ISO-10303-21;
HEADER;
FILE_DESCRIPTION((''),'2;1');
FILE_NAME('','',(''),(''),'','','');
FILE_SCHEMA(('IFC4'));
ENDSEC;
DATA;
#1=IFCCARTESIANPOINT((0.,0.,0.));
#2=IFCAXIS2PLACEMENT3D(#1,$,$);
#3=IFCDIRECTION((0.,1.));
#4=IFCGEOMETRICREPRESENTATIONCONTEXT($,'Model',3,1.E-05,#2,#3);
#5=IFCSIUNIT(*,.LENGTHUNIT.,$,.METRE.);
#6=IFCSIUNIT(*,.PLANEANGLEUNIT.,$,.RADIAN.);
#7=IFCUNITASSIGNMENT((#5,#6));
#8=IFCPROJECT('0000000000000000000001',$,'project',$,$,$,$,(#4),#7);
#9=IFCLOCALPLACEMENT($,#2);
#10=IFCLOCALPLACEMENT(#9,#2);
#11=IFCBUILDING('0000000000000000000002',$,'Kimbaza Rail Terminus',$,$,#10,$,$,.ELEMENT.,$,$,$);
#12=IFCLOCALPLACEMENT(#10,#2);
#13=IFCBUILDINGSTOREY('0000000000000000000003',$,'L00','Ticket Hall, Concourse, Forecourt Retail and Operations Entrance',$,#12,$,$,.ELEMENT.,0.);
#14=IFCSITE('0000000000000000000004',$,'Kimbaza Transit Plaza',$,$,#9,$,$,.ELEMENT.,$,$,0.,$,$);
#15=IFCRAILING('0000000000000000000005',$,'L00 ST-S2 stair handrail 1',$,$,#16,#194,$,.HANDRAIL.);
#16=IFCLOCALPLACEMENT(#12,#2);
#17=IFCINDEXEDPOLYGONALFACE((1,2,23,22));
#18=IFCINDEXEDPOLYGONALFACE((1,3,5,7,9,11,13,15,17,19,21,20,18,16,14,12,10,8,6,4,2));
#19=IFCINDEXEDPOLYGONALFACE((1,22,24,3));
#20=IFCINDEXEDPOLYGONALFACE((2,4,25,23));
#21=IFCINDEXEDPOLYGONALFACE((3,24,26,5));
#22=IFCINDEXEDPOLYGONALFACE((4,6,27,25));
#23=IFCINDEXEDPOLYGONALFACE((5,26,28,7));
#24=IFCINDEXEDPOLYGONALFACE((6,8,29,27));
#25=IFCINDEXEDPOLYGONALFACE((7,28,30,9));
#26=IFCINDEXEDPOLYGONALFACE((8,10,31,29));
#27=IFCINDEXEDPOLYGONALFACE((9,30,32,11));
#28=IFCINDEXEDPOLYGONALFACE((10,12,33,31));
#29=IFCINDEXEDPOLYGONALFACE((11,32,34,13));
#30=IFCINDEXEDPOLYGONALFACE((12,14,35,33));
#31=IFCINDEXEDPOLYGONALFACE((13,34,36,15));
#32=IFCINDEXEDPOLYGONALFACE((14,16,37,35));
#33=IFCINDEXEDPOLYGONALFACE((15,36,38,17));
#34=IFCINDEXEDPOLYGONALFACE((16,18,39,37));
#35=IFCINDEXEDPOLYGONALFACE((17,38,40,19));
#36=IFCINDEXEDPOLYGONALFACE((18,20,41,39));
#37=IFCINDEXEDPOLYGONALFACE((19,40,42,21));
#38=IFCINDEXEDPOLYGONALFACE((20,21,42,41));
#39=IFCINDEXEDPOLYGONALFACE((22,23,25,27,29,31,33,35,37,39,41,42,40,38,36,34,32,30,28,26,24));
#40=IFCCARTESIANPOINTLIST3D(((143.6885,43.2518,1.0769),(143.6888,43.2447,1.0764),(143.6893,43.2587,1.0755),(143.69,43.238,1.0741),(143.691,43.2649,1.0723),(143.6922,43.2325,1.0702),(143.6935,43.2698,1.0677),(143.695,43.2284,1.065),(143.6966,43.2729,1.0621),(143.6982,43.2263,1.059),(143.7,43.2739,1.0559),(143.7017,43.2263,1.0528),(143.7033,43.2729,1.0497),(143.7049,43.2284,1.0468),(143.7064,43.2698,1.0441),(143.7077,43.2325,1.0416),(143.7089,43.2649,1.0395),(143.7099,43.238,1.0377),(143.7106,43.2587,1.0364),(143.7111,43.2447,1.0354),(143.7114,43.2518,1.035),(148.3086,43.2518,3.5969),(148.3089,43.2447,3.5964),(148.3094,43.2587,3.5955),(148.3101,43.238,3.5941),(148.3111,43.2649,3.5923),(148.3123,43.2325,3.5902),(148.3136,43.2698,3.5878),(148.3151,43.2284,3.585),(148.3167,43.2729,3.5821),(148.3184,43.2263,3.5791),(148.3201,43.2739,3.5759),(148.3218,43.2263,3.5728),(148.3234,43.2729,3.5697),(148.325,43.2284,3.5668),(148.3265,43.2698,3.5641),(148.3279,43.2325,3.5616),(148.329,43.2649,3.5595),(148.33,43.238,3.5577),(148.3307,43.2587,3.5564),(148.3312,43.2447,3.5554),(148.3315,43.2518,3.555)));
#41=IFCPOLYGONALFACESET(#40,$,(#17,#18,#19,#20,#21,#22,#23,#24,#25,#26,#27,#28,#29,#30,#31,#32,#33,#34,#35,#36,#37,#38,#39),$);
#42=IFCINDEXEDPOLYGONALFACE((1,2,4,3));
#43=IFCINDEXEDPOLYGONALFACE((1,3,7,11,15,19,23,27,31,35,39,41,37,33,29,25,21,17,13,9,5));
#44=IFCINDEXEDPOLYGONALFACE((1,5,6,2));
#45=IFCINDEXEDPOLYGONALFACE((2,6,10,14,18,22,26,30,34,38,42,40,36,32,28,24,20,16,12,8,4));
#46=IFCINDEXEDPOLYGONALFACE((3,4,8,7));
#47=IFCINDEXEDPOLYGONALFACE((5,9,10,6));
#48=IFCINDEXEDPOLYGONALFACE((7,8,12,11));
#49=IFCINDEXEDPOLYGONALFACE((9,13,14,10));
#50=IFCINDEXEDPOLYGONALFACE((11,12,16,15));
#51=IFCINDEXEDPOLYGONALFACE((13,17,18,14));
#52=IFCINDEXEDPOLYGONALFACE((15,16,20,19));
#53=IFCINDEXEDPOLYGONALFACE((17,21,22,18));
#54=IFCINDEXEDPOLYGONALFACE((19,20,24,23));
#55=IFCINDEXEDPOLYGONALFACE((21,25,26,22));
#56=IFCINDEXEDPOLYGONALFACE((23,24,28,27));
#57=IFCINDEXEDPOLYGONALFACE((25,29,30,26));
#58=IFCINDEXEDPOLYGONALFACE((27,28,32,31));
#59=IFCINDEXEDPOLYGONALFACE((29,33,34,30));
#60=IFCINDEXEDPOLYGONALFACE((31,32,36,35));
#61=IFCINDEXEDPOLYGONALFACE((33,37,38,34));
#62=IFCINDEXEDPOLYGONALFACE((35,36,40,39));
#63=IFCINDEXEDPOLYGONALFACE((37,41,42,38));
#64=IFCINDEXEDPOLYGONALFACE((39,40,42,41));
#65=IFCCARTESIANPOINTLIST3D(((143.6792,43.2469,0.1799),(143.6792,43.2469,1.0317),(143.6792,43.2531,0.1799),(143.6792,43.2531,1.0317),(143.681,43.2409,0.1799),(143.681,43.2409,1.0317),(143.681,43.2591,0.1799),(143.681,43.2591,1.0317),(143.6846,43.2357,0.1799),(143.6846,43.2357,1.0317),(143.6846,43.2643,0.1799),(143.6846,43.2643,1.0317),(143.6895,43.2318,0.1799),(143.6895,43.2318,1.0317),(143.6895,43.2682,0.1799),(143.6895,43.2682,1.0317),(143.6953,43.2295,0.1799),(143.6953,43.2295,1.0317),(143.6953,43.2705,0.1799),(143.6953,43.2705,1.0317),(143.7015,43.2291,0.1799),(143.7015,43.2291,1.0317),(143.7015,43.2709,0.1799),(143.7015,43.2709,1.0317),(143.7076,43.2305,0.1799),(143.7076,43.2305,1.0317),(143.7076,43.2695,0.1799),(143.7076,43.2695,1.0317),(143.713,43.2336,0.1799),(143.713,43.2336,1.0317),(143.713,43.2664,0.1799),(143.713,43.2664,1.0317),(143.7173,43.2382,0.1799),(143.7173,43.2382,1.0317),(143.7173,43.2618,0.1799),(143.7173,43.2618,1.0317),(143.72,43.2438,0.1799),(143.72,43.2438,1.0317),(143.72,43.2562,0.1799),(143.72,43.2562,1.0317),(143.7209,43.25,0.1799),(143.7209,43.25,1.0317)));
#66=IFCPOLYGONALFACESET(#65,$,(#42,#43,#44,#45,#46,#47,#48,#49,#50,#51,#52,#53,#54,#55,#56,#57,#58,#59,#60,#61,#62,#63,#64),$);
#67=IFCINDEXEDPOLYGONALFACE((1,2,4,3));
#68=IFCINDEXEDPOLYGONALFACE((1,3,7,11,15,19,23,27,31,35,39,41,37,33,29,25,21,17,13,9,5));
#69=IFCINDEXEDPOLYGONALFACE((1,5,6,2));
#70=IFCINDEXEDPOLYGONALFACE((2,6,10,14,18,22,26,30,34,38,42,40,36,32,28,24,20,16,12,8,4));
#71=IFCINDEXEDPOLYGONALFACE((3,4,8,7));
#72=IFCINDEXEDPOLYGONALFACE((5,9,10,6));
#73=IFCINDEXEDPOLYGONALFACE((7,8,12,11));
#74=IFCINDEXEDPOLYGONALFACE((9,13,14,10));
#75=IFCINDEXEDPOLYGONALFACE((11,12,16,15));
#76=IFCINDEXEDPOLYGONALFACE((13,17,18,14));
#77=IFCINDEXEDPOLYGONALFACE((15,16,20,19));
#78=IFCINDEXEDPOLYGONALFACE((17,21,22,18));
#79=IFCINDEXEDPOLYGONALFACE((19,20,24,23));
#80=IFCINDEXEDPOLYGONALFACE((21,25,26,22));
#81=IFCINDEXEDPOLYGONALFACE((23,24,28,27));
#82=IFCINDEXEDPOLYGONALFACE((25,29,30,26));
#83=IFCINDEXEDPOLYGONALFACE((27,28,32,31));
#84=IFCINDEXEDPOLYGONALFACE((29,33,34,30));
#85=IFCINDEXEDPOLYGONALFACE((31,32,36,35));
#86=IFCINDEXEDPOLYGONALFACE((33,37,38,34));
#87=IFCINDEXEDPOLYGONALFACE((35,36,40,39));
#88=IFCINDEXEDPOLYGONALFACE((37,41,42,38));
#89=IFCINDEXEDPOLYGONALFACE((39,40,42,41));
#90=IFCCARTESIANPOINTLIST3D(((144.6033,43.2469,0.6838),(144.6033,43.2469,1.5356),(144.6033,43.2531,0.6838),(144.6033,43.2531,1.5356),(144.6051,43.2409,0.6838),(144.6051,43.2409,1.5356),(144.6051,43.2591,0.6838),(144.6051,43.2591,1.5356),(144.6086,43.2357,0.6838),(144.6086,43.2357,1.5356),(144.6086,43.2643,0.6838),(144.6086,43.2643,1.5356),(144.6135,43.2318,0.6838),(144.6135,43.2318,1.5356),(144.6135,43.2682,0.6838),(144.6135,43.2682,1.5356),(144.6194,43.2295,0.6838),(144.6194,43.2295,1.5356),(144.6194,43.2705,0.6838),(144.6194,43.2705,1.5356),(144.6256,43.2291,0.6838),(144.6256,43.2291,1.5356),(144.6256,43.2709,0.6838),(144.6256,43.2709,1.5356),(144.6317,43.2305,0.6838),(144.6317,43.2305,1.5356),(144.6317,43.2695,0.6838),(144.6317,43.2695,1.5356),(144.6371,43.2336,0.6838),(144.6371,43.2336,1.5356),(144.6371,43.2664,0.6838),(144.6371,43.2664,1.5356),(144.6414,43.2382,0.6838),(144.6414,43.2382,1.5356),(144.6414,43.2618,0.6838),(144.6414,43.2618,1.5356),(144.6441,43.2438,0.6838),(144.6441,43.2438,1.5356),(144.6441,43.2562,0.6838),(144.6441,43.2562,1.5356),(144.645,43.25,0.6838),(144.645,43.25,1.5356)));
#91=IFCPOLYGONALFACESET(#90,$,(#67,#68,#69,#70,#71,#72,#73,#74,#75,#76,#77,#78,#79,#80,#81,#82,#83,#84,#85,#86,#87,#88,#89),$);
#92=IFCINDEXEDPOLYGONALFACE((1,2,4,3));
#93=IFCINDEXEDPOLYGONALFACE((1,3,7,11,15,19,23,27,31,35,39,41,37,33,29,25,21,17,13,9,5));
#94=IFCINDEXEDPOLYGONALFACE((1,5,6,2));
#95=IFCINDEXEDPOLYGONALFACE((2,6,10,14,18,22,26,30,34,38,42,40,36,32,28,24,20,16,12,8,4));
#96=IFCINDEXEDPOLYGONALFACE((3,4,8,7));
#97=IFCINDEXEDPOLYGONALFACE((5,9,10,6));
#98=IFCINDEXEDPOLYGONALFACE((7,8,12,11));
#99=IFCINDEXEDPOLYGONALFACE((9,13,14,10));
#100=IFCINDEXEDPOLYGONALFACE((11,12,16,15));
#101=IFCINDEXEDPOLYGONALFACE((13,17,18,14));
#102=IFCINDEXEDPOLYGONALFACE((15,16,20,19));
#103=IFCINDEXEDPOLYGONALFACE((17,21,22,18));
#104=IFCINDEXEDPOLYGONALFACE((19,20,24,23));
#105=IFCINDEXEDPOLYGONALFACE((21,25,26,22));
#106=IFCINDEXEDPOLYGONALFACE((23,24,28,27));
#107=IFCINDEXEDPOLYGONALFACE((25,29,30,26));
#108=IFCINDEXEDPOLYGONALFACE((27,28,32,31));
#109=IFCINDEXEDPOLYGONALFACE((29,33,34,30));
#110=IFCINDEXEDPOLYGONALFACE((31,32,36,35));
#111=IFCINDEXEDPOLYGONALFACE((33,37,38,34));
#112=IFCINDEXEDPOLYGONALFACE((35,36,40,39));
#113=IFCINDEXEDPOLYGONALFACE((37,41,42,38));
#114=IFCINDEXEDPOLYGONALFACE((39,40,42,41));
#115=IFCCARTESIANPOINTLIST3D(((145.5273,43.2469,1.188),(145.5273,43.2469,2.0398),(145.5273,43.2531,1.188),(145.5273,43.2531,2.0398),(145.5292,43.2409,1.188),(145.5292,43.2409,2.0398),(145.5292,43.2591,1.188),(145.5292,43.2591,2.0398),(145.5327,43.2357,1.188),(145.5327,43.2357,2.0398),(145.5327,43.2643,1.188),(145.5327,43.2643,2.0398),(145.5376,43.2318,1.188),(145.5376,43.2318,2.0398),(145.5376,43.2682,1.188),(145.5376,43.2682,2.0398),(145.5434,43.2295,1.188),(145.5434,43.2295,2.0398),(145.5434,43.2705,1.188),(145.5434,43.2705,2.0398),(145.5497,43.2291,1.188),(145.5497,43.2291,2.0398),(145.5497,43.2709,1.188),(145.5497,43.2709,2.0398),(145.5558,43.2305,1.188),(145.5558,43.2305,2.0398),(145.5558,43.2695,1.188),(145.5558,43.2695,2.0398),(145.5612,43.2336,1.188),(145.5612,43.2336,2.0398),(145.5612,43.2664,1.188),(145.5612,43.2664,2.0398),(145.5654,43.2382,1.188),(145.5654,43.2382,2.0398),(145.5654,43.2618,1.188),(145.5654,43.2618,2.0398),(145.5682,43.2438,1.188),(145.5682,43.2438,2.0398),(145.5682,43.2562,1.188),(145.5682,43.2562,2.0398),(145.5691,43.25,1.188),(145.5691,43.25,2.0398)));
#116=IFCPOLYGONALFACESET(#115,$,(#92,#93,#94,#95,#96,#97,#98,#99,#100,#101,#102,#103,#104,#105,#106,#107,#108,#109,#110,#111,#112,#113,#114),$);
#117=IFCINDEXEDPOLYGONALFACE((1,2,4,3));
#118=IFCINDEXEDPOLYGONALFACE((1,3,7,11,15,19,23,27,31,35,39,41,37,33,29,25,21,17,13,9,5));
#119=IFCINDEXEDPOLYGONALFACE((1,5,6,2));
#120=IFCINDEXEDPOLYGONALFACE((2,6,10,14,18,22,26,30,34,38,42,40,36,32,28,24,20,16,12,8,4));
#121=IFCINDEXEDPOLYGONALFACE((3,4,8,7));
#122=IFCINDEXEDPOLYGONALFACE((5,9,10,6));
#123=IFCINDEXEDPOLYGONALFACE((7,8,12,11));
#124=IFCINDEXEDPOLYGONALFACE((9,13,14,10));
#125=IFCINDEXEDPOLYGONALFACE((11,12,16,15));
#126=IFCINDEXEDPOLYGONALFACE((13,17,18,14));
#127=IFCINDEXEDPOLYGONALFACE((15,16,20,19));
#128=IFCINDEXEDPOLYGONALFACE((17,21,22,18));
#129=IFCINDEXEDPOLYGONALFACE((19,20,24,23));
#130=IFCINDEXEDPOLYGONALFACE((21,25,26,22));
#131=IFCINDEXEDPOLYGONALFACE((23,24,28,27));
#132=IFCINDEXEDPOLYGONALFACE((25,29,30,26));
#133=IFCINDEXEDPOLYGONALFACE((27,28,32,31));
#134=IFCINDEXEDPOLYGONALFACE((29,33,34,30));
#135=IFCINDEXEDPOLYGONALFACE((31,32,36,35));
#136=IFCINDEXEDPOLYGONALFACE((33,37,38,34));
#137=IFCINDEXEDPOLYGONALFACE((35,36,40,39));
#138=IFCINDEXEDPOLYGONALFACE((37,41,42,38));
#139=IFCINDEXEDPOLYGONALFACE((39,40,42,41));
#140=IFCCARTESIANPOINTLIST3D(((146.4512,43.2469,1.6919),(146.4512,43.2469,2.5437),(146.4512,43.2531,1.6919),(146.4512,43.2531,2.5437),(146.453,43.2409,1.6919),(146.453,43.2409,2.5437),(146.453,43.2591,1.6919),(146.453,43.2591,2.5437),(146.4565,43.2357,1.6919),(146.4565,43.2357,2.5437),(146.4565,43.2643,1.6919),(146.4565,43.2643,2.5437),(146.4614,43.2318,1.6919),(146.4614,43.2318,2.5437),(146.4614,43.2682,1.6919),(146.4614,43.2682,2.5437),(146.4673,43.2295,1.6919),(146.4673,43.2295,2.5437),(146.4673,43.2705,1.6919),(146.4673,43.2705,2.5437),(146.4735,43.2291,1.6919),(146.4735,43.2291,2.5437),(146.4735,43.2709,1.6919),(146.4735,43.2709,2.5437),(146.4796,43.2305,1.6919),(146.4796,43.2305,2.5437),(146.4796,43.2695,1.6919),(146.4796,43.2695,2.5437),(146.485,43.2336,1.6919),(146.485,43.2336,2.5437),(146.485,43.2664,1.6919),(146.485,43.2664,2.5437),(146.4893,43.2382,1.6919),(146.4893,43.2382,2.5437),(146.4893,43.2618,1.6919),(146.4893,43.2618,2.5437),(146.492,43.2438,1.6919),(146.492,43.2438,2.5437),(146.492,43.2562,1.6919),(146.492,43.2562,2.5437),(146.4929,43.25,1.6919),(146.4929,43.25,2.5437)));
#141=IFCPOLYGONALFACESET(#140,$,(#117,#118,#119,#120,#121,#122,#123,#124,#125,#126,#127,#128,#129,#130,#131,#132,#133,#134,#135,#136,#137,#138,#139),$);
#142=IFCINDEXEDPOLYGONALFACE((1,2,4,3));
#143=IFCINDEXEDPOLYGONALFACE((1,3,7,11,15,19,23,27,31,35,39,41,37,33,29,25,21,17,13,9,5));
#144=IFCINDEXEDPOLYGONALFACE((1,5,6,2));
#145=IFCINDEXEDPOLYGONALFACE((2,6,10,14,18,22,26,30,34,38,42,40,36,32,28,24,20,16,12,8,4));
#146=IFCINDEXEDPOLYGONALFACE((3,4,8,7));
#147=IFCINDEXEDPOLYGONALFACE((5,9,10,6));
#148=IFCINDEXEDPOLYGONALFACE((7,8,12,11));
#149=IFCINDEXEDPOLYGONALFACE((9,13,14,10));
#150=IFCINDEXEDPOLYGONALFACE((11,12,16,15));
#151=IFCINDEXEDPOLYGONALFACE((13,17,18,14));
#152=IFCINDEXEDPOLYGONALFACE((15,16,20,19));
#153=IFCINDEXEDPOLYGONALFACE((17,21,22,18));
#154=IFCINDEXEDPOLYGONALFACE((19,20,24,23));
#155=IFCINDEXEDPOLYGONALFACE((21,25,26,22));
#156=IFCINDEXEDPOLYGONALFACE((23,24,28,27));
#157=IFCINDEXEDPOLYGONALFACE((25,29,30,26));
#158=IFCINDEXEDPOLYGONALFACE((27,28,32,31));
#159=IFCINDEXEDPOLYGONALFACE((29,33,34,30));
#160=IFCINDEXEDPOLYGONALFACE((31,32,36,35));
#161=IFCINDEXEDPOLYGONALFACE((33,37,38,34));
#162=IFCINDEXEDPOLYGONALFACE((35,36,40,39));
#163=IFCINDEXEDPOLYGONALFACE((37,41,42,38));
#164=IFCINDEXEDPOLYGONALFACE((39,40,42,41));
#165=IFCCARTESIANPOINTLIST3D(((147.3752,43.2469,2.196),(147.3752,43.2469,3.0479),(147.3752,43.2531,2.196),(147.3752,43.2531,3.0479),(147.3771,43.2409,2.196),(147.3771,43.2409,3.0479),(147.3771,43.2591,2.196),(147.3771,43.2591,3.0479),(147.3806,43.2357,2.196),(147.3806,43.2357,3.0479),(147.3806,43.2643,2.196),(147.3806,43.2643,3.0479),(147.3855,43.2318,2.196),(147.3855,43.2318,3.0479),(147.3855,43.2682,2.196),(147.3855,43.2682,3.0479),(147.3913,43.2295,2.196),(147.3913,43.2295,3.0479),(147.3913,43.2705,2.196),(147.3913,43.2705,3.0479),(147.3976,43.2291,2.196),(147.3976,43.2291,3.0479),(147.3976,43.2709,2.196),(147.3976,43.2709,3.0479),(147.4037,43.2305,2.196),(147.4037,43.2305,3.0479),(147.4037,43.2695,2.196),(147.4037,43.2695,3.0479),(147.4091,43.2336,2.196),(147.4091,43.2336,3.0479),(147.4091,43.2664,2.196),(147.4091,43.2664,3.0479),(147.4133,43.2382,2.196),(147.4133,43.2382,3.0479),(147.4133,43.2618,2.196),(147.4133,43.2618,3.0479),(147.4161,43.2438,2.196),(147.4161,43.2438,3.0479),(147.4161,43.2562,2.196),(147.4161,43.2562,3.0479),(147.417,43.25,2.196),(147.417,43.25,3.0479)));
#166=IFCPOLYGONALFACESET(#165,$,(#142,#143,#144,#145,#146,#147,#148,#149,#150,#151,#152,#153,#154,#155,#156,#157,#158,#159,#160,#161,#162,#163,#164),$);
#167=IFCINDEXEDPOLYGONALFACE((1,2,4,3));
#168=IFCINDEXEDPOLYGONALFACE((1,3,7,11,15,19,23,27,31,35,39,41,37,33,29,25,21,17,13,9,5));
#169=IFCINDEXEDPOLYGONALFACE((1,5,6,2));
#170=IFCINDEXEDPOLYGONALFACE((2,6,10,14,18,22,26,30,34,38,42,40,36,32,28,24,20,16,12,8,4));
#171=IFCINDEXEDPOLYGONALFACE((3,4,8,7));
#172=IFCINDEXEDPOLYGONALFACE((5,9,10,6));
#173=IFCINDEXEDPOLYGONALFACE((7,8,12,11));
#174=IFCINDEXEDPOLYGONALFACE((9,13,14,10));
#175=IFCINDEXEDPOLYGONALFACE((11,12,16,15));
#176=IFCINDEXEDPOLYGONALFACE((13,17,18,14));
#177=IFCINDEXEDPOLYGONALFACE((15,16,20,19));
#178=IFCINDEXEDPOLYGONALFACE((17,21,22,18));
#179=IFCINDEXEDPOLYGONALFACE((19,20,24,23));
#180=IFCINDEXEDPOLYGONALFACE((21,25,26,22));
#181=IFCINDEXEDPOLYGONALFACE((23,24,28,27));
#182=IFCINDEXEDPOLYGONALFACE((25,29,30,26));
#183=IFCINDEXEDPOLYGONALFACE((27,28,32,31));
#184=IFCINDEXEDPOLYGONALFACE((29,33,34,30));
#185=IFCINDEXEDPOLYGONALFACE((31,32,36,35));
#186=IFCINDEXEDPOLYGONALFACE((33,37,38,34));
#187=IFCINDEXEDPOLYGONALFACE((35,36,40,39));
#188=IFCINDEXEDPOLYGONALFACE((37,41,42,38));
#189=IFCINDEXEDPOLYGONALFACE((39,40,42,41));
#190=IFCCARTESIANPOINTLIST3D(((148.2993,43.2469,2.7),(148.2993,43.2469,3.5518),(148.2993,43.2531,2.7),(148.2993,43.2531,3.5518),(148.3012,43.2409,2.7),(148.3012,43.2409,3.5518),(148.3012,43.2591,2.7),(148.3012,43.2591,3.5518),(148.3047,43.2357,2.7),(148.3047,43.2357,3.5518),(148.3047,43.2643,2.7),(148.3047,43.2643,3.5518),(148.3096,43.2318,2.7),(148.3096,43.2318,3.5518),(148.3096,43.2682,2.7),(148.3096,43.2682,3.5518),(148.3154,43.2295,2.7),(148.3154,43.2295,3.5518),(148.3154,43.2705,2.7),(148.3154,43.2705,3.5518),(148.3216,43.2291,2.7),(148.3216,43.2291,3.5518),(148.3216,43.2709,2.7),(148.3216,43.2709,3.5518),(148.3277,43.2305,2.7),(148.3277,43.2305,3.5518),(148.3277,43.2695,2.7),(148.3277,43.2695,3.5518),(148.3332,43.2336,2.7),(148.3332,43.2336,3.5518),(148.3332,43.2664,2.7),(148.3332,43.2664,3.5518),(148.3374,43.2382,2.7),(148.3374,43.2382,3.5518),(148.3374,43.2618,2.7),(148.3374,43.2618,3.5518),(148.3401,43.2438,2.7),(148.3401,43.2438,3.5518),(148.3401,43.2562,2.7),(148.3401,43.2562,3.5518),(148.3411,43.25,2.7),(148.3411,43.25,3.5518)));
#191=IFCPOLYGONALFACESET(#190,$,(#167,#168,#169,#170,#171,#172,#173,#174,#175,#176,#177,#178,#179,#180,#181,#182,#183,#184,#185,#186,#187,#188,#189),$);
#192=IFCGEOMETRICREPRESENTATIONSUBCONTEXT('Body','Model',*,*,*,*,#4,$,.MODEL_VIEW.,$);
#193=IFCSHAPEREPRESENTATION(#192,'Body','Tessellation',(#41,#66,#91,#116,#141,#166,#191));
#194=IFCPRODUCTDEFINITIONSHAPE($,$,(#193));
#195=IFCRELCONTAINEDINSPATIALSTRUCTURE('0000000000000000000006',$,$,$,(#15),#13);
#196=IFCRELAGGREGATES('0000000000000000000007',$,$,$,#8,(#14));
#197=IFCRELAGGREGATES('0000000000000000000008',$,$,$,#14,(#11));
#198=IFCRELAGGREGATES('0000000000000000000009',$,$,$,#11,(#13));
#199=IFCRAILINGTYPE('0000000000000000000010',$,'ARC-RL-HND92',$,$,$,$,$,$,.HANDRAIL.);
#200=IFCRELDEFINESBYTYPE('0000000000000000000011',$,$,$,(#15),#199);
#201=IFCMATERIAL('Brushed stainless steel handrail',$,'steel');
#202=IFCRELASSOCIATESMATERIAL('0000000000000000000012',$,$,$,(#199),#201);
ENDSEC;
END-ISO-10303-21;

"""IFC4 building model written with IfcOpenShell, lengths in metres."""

from ifc_helpers import new_model, si_unit, direction, frame, origin, origin_2d, place, context, subcontext, project, spatial, circle, extrude, material, type_object, element, save


model = new_model("IFC4")

# Units and contexts
model_context = context("Model", 3, precision=1e-05, world=origin(), true_north=direction((0.0, 1.0)))
body_context = subcontext(model_context, "Body", "Model", "MODEL_VIEW")
ifc_project = project(units=[si_unit("LENGTHUNIT", "METRE"), si_unit("PLANEANGLEUNIT", "RADIAN")], contexts=[model_context])

# Site, building, storey
site_placement = place(None, origin())
site = spatial("IfcSite", under=ifc_project, at=site_placement, Name="Kimbaza Transit Plaza", CompositionType="ELEMENT", RefElevation=0.0)
building_placement = place(site_placement, origin())
building = spatial("IfcBuilding", under=site, at=building_placement, Name="Kimbaza Rail Terminus", CompositionType="ELEMENT")
storey_placement = place(building_placement, origin())
storey = spatial("IfcBuildingStorey", under=building, at=storey_placement, Name="L00", Description="Ticket Hall, Concourse, Forecourt Retail and Operations Entrance", CompositionType="ELEMENT", Elevation=0.0)

# Railing
ifc_material_1 = material(Name="Brushed stainless steel handrail", Category="steel")
railing_type_1 = type_object("IfcRailingType", Name="ARC-RL-HND92", PredefinedType="HANDRAIL", material=ifc_material_1)
railing_1_placement = place(storey_placement, frame((143.7, 43.25, 0.1799)))
element("IfcRailing", 1, at=railing_1_placement, inside=storey, type_object=railing_type_1, Name="L00 ST-S2 stair handrail 1", PredefinedType="HANDRAIL", context=body_context, shape_type="SweptSolid", body=[
    extrude(circle(Radius=0.0239, at=origin_2d()), frame((0.0, 0.0, 0.876), z_axis=(0.877899, 0.0, 0.478846), x_axis=(0.0, 1.0, 0.0)), (0.0, 0.0, 1.0), 5.2627),
    extrude(circle(Radius=0.021, at=origin_2d()), origin(), (0.0, 0.0, 1.0), 0.8518),
    extrude(circle(Radius=0.021, at=origin_2d()), frame((0.9241, 0.0, 0.5039)), (0.0, 0.0, 1.0), 0.8518),
    extrude(circle(Radius=0.021, at=origin_2d()), frame((1.8481, 0.0, 1.0081)), (0.0, 0.0, 1.0), 0.8518),
    extrude(circle(Radius=0.021, at=origin_2d()), frame((2.772, 0.0, 1.512)), (0.0, 0.0, 1.0), 0.8518),
    extrude(circle(Radius=0.021, at=origin_2d()), frame((3.696, 0.0, 2.0161)), (0.0, 0.0, 1.0), 0.8518),
    extrude(circle(Radius=0.021, at=origin_2d()), frame((4.6201, 0.0, 2.52)), (0.0, 0.0, 1.0), 0.8518),
])

save(model, "model.ifc")
